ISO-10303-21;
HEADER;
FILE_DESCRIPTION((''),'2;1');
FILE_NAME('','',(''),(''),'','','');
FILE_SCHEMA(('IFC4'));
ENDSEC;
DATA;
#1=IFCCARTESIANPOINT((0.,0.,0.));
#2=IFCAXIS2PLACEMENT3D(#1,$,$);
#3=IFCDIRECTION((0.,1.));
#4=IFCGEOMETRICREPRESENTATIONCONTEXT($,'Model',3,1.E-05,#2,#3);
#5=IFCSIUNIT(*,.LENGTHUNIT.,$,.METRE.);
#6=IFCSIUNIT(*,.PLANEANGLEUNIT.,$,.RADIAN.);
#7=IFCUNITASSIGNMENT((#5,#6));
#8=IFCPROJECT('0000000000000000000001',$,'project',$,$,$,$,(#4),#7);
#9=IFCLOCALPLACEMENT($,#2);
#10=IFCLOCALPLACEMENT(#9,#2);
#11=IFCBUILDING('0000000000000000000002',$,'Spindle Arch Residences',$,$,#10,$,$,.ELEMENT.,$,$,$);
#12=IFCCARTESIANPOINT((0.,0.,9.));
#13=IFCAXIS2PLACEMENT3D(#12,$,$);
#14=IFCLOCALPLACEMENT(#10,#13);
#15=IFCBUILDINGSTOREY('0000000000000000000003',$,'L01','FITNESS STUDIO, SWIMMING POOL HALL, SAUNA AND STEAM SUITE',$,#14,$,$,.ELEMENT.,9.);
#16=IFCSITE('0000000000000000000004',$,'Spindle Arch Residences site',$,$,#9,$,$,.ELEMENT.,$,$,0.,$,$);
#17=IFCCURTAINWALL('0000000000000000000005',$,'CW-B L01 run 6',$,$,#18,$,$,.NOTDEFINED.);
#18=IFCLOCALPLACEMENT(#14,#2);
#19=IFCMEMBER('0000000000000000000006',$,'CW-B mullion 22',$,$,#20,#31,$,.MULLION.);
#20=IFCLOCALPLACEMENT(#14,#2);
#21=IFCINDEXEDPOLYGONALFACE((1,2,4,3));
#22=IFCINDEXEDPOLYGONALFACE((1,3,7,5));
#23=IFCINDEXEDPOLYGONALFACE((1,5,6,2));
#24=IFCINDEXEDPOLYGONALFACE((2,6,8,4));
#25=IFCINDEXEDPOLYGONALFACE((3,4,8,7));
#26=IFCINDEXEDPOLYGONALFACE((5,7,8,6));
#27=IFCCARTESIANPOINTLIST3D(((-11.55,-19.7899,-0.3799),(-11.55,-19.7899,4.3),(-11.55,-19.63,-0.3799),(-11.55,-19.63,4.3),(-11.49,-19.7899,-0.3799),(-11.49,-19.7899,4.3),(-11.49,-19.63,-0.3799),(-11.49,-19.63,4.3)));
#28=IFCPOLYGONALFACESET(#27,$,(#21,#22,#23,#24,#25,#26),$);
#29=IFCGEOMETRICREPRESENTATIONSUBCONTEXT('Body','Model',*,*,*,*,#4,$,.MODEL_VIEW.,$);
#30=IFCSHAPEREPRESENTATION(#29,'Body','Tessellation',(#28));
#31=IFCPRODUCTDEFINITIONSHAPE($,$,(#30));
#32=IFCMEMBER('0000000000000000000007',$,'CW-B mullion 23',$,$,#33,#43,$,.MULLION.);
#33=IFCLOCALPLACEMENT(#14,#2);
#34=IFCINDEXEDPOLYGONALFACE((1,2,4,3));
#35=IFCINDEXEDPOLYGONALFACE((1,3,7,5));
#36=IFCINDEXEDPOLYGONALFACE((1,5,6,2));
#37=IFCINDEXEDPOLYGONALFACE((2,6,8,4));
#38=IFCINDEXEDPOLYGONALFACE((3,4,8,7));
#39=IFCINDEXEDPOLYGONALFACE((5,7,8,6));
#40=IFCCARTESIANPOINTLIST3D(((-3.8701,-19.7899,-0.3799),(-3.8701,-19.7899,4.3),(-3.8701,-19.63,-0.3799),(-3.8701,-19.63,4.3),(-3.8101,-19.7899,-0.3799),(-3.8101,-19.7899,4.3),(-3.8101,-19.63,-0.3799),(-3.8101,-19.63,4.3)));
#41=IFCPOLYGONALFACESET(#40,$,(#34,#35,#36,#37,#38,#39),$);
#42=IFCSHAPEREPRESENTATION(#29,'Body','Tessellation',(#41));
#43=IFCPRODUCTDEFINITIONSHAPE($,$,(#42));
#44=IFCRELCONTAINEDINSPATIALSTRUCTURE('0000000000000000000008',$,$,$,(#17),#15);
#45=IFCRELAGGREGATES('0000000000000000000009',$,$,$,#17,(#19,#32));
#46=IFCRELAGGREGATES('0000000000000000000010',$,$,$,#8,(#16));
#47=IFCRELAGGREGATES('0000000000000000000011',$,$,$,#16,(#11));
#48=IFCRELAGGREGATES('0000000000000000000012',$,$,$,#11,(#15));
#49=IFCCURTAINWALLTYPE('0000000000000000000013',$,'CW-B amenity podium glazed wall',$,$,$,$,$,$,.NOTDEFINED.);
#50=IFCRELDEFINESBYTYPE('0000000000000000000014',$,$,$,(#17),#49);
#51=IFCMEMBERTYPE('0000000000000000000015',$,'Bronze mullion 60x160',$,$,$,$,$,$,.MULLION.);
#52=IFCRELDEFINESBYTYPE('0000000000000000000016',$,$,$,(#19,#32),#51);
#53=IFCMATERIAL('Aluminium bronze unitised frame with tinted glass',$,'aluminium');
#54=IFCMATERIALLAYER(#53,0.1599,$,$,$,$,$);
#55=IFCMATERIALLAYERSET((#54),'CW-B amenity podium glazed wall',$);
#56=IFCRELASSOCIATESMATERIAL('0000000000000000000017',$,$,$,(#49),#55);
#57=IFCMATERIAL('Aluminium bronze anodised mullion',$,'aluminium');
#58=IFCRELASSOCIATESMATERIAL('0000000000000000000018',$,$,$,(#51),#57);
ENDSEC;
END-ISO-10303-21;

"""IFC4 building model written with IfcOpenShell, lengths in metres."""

from ifc_helpers import new_model, si_unit, direction, frame, origin, origin_2d, place, context, subcontext, project, spatial, rectangle, extrude, material, layer, layer_set, material_profile, profile_set, type_object, element, aggregate, save


model = new_model("IFC4")

# Units and contexts
model_context = context("Model", 3, precision=1e-05, world=origin(), true_north=direction((0.0, 1.0)))
body_context = subcontext(model_context, "Body", "Model", "MODEL_VIEW")
ifc_project = project(units=[si_unit("LENGTHUNIT", "METRE"), si_unit("PLANEANGLEUNIT", "RADIAN")], contexts=[model_context])

# Site, building, storey
site_placement = place(None, origin())
site = spatial("IfcSite", under=ifc_project, at=site_placement, Name="Spindle Arch Residences site", CompositionType="ELEMENT", RefElevation=0.0)
building_placement = place(site_placement, origin())
building = spatial("IfcBuilding", under=site, at=building_placement, Name="Spindle Arch Residences", CompositionType="ELEMENT")
storey_placement = place(building_placement, frame((0.0, 0.0, 9.0)))
storey = spatial("IfcBuildingStorey", under=building, at=storey_placement, Name="L01", Description="FITNESS STUDIO, SWIMMING POOL HALL, SAUNA AND STEAM SUITE", CompositionType="ELEMENT", Elevation=9.0)

# Curtain wall, members
ifc_material_1 = material(Name="Aluminium bronze unitised frame with tinted glass", Category="aluminium")
ifc_layer_1 = layer(ifc_material_1, 0.1599)
ifc_layer_set_1 = layer_set([ifc_layer_1], Name="CW-B amenity podium glazed wall")
curtain_wall_type = type_object("IfcCurtainWallType", Name="CW-B amenity podium glazed wall", PredefinedType="NOTDEFINED", material=ifc_layer_set_1)
curtain_wall_placement = place(storey_placement, origin())
curtain_wall = element("IfcCurtainWall", 1, at=curtain_wall_placement, inside=storey, type_object=curtain_wall_type, Name="CW-B L01 run 6", PredefinedType="NOTDEFINED")
ifc_material_2 = material(Name="Aluminium bronze anodised mullion", Category="aluminium")
ifc_material_profile = material_profile(ifc_material_2, rectangle(XDim=0.1599, YDim=0.0601, at=origin_2d()), Name="MU 60x160")
ifc_profile_set = profile_set([ifc_material_profile], Name="Aluminium bronze anodised mullion")
member_type = type_object("IfcMemberType", Name="Bronze mullion 60x160", PredefinedType="MULLION", material=ifc_profile_set)
member_1_placement = place(storey_placement, frame((-11.52, -19.71, -0.3799), z_axis=(0.0, 0.0, 1.0), x_axis=(0.0, 1.0, 0.0)))
member_1 = element("IfcMember", 2, at=member_1_placement, type_object=member_type, Name="CW-B mullion 22", PredefinedType="MULLION", context=body_context, shape_type="SweptSolid", body=[
    extrude(rectangle(XDim=0.1599, YDim=0.0601, at=origin_2d()), origin(), (0.0, 0.0, 1.0), 4.6799),
])
member_2_placement = place(storey_placement, frame((-3.8401, -19.71, -0.3799), z_axis=(0.0, 0.0, 1.0), x_axis=(0.0, 1.0, 0.0)))
member_2 = element("IfcMember", 3, at=member_2_placement, type_object=member_type, Name="CW-B mullion 23", PredefinedType="MULLION", context=body_context, shape_type="SweptSolid", body=[
    extrude(rectangle(XDim=0.1599, YDim=0.0601, at=origin_2d()), origin(), (0.0, 0.0, 1.0), 4.6799),
])

aggregate(curtain_wall, [member_1, member_2])

save(model, "model.ifc")
